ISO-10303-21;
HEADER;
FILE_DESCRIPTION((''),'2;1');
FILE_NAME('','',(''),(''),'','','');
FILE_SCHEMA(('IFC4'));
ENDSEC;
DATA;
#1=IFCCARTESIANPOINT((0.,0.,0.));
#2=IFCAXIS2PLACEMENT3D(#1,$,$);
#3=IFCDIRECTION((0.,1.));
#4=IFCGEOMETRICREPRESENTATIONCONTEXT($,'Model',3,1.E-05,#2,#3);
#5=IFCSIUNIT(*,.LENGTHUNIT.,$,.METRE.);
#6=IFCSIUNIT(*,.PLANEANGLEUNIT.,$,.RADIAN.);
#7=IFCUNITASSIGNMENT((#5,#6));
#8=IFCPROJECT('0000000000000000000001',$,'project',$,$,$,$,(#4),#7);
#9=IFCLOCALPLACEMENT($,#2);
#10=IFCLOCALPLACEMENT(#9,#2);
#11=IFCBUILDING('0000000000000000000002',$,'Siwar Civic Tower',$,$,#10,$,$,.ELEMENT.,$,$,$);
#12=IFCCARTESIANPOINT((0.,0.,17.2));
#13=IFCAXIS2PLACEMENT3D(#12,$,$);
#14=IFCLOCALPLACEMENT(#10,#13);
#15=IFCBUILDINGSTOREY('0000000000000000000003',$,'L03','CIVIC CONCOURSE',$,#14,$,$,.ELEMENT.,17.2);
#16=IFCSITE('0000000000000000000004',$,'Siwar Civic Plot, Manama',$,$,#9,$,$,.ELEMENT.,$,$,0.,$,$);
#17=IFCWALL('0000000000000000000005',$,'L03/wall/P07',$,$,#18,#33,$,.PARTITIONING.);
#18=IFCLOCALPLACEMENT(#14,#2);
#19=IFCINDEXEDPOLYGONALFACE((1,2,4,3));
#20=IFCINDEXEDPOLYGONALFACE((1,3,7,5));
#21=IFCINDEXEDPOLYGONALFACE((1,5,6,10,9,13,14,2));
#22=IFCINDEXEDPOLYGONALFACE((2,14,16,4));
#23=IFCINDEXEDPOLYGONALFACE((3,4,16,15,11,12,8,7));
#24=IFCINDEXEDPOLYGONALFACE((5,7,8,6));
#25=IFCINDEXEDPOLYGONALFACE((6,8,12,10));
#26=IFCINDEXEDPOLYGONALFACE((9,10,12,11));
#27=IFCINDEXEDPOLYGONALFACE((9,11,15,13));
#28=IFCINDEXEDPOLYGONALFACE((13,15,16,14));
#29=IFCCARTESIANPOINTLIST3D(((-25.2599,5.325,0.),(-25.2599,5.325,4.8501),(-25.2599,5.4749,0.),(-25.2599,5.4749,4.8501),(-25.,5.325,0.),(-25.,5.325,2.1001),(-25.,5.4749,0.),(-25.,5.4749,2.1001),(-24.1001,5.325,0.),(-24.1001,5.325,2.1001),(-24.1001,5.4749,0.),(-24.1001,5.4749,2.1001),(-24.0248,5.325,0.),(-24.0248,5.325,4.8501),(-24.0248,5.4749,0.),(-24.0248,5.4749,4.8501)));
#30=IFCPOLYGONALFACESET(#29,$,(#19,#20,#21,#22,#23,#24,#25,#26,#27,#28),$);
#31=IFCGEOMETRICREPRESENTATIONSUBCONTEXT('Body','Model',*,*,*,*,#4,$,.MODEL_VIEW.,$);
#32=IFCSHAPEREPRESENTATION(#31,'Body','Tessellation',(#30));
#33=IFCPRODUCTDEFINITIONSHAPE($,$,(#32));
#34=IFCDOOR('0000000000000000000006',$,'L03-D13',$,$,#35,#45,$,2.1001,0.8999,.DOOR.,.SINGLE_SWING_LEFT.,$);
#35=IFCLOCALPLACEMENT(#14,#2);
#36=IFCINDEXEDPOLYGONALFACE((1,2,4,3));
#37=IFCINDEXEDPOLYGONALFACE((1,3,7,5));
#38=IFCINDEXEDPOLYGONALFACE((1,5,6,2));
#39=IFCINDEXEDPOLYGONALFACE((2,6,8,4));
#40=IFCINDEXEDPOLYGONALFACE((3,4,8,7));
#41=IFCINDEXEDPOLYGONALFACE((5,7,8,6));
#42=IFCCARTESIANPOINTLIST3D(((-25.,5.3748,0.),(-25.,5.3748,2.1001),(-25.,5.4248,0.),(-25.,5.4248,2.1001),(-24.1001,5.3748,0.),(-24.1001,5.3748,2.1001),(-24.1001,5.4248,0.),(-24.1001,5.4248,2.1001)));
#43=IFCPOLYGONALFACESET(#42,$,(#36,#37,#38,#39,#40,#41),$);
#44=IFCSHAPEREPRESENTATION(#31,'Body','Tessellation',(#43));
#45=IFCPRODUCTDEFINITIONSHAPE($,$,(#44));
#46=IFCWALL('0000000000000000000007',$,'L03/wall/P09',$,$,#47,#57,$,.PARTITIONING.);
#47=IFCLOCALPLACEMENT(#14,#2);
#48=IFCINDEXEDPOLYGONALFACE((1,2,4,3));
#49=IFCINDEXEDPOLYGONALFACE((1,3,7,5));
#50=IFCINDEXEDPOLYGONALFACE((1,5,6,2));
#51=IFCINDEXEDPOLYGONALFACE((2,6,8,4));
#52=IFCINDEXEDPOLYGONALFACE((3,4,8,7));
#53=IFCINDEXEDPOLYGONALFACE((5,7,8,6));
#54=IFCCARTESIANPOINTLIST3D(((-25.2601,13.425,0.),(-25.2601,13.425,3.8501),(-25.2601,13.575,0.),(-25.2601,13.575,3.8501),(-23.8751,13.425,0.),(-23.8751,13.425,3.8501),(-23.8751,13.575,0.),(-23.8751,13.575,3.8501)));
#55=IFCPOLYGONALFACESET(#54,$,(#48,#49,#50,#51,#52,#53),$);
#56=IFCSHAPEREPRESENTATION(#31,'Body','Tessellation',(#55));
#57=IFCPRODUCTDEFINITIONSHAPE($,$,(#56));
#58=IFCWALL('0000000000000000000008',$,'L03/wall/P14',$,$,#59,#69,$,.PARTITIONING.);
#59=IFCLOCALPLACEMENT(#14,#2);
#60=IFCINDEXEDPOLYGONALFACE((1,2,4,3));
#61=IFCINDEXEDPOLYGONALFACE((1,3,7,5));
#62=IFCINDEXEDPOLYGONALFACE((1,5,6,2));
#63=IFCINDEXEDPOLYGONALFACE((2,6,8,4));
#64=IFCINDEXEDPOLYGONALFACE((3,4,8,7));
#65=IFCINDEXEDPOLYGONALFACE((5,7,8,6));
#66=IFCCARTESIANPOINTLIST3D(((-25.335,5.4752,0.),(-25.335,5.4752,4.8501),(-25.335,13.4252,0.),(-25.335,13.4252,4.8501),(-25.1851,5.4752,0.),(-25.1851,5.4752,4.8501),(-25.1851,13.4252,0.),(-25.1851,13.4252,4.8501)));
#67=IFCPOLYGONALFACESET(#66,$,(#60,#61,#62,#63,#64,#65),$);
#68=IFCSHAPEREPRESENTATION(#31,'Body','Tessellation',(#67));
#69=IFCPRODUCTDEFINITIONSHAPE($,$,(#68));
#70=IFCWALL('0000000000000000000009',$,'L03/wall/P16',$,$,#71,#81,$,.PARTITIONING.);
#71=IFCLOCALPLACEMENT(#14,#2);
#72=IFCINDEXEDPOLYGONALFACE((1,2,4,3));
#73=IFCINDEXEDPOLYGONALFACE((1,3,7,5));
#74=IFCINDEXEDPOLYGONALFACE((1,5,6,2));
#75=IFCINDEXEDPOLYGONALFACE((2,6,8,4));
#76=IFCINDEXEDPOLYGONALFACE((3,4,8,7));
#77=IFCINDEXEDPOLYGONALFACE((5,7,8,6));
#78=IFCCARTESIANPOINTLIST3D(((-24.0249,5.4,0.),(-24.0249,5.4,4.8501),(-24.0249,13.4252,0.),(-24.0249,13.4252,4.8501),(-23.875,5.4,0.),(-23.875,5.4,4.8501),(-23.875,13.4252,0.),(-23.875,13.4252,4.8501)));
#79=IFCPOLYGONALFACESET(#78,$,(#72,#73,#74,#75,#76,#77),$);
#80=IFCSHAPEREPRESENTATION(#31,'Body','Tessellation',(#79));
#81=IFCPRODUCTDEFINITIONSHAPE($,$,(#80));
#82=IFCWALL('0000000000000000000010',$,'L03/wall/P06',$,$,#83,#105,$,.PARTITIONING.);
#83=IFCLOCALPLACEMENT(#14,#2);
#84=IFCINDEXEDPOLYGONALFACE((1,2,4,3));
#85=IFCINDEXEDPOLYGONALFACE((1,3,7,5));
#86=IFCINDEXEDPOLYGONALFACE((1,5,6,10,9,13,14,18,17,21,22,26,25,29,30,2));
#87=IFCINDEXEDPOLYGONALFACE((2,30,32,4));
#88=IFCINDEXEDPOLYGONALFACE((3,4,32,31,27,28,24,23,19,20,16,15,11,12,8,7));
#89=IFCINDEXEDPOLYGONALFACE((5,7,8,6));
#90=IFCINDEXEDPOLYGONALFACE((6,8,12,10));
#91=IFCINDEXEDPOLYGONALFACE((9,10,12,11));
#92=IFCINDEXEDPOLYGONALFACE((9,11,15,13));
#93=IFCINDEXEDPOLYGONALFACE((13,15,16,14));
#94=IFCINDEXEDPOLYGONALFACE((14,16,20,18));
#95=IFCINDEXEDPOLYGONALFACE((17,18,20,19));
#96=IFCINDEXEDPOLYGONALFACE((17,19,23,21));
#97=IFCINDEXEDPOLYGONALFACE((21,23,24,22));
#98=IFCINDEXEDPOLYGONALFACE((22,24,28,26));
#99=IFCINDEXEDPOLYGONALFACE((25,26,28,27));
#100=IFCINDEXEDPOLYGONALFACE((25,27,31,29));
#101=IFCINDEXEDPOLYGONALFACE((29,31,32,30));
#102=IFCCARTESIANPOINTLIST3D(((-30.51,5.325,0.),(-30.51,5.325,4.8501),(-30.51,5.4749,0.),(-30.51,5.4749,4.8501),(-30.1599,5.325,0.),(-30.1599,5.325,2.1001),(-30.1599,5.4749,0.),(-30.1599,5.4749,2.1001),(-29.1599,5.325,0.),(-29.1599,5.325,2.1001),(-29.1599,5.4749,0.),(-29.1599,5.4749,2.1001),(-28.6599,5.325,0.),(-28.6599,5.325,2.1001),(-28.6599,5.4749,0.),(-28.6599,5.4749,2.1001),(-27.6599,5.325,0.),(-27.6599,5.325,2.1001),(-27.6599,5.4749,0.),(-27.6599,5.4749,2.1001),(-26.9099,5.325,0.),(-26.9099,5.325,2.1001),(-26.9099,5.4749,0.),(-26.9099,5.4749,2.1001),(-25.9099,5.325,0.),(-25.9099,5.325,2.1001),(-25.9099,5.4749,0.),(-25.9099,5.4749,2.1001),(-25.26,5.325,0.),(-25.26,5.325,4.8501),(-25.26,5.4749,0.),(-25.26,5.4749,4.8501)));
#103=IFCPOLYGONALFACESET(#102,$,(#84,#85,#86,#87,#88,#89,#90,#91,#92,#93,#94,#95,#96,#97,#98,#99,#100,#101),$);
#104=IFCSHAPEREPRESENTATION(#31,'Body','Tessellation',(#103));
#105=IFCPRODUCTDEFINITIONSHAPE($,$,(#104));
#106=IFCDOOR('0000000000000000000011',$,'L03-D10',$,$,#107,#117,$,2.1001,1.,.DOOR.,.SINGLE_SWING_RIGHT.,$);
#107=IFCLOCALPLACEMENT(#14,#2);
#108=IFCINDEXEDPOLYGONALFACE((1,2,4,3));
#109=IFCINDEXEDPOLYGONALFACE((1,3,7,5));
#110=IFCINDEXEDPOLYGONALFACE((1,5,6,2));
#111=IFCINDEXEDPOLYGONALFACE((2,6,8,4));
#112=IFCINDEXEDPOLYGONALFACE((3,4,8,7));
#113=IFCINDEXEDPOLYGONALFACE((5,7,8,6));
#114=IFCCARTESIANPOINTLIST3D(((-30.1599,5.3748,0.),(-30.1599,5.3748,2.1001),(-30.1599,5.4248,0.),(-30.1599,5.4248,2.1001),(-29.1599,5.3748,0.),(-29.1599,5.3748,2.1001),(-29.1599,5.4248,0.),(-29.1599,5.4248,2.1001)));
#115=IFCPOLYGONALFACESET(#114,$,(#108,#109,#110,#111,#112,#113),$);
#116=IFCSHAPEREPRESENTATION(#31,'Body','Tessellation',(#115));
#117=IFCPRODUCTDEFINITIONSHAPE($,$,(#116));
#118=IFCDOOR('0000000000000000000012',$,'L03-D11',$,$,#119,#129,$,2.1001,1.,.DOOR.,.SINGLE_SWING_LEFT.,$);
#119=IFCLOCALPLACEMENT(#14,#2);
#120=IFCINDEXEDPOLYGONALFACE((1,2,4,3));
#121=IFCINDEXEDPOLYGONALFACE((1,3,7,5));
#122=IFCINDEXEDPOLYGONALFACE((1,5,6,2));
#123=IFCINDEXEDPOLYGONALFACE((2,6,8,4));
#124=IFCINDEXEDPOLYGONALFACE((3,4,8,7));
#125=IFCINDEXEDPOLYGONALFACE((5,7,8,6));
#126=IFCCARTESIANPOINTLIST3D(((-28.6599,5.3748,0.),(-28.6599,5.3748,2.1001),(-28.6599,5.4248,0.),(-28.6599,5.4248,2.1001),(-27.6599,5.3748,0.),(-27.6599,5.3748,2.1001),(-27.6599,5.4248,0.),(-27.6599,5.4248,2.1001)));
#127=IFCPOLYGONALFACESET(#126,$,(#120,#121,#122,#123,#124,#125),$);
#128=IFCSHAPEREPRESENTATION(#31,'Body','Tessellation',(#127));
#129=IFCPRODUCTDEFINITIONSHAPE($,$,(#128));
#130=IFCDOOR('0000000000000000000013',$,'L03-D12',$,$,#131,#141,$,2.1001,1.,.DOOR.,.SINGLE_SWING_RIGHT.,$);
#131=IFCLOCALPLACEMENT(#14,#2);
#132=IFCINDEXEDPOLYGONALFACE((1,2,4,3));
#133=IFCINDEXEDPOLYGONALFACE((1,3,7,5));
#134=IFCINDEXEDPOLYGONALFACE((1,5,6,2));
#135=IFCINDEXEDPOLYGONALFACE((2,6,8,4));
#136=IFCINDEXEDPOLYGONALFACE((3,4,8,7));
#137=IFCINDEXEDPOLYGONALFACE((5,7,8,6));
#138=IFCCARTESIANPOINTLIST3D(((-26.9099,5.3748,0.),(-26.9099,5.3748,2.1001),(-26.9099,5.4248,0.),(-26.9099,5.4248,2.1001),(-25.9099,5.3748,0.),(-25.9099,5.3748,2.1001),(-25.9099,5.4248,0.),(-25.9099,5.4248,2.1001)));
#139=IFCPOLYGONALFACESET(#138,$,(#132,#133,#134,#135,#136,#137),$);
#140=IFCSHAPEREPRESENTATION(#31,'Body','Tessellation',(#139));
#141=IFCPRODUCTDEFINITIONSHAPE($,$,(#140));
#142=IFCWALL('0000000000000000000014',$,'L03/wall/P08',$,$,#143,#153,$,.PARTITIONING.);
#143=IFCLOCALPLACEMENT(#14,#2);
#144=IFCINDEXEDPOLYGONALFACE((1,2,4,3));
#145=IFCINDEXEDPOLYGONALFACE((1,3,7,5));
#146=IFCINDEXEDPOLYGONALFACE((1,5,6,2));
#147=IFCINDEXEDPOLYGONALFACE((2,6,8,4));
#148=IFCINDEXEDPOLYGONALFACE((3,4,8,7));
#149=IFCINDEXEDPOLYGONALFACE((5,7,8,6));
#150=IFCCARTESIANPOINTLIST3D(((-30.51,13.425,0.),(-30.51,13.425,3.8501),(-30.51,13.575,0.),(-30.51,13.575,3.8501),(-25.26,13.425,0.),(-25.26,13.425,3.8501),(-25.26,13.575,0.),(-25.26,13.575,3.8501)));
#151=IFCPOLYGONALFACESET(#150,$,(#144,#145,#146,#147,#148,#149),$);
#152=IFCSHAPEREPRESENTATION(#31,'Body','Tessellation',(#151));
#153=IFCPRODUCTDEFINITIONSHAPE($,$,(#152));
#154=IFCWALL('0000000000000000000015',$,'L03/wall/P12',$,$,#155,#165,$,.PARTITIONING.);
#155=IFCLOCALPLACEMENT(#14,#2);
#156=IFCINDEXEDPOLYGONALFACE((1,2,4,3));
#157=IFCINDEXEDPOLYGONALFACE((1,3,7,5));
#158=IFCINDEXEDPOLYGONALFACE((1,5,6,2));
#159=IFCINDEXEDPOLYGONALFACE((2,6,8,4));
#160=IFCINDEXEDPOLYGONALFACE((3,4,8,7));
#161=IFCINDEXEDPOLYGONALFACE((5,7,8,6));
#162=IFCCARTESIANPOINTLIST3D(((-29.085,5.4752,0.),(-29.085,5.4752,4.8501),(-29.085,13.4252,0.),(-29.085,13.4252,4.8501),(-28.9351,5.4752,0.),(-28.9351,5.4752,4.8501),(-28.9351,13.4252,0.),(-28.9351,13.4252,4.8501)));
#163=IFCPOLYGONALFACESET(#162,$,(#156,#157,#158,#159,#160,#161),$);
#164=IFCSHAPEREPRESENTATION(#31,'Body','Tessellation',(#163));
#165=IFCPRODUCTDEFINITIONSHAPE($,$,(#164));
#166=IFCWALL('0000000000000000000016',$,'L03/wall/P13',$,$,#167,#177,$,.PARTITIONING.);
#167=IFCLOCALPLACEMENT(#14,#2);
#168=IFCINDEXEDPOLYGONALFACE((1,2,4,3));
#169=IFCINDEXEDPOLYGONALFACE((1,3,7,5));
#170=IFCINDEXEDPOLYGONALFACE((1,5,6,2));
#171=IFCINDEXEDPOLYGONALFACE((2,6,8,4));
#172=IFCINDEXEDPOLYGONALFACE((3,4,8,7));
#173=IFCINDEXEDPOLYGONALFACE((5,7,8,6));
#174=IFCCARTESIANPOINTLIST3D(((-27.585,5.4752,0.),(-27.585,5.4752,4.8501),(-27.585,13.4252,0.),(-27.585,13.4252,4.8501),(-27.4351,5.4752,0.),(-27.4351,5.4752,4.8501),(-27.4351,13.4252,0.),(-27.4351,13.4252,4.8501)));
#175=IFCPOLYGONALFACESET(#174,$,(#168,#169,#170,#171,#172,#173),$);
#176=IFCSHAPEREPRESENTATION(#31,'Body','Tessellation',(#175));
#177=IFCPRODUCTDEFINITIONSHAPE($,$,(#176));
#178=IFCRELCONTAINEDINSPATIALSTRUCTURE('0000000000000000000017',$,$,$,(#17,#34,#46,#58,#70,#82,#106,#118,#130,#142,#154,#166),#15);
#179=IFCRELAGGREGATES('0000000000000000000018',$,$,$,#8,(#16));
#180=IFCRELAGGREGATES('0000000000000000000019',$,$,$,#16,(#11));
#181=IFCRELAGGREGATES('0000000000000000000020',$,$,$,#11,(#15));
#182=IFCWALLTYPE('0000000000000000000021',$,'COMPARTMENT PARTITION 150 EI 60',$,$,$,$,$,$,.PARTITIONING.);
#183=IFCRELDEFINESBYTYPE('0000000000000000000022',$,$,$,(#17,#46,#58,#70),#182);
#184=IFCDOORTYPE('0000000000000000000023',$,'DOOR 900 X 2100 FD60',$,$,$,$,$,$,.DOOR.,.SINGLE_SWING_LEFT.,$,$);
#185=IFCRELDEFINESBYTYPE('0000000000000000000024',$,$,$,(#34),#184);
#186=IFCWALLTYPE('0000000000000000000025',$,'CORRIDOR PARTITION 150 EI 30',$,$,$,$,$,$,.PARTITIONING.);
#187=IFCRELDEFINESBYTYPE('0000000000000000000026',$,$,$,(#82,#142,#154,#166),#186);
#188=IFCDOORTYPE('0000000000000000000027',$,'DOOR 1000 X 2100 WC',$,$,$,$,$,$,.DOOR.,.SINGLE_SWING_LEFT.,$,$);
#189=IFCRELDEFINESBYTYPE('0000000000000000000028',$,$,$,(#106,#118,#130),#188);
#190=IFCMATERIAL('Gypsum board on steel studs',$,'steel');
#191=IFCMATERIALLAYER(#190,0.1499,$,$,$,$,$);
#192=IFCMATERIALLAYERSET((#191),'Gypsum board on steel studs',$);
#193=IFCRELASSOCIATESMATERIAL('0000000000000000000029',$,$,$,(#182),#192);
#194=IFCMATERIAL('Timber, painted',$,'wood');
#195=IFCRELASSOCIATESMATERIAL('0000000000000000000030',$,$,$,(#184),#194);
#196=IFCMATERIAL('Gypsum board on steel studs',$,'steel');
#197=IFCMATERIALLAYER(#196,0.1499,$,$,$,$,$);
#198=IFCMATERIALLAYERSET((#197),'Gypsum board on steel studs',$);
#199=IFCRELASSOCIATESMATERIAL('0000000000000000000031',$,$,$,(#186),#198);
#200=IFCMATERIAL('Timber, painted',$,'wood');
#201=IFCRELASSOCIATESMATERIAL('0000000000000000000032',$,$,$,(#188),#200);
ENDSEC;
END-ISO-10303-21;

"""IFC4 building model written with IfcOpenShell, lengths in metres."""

from ifc_helpers import new_model, si_unit, direction, frame, frame_2d, origin, place, context, subcontext, project, spatial, rectangle, extrude, material, layer, layer_set, type_object, element, fill, save


model = new_model("IFC4")

# Units and contexts
model_context = context("Model", 3, precision=1e-05, world=origin(), true_north=direction((0.0, 1.0)))
body_context = subcontext(model_context, "Body", "Model", "MODEL_VIEW")
ifc_project = project(units=[si_unit("LENGTHUNIT", "METRE"), si_unit("PLANEANGLEUNIT", "RADIAN")], contexts=[model_context])

# Site, building, storey
site_placement = place(None, origin())
site = spatial("IfcSite", under=ifc_project, at=site_placement, Name="Siwar Civic Plot, Manama", CompositionType="ELEMENT", RefElevation=0.0)
building_placement = place(site_placement, origin())
building = spatial("IfcBuilding", under=site, at=building_placement, Name="Siwar Civic Tower", CompositionType="ELEMENT")
storey_placement = place(building_placement, frame((0.0, 0.0, 17.2)))
storey = spatial("IfcBuildingStorey", under=building, at=storey_placement, Name="L03", Description="CIVIC CONCOURSE", CompositionType="ELEMENT", Elevation=17.2)

# Wall, opening, door
ifc_material_1 = material(Name="Gypsum board on steel studs", Category="steel")
ifc_layer_1 = layer(ifc_material_1, 0.1499)
ifc_layer_set_1 = layer_set([ifc_layer_1], Name="Gypsum board on steel studs")
wall_type_1 = type_object("IfcWallType", Name="COMPARTMENT PARTITION 150 EI 60", PredefinedType="PARTITIONING", material=ifc_layer_set_1)
wall_1_placement = place(storey_placement, frame((-25.26, 5.3999, 0.0), z_axis=(0.0, 0.0, 1.0), x_axis=(1.0, 0.0, 0.0)))
wall_1 = element("IfcWall", 1, at=wall_1_placement, inside=storey, type_object=wall_type_1, Name="L03/wall/P07", PredefinedType="PARTITIONING", context=body_context, shape_type="SweptSolid", body=[
    extrude(rectangle(XDim=1.2351, YDim=0.1499, at=frame_2d((0.6177, 0.0))), origin(), (0.0, 0.0, 1.0), 4.8501),
])
opening_1_placement = place(wall_1_placement, frame((0.26, 0.0, 0.0)))
opening_1 = element("IfcOpeningElement", 2, at=opening_1_placement, cuts=wall_1, PredefinedType="OPENING", context=body_context, shape_type="SweptSolid", body=[
    extrude(rectangle(XDim=0.8999, YDim=2.1001, at=frame_2d((0.45, 1.05))), frame((0.0, 0.085, 0.0), z_axis=(0.0, -1.0, 0.0), x_axis=(1.0, 0.0, 0.0)), (0.0, 0.0, 1.0), 0.1699),
])
ifc_material_2 = material(Name="Timber, painted", Category="wood")
door_type_1 = type_object("IfcDoorType", Name="DOOR 900 X 2100 FD60", OperationType="SINGLE_SWING_LEFT", PredefinedType="DOOR", material=ifc_material_2)
door_1_placement = place(opening_1_placement, origin())
door_1 = element("IfcDoor", 3, at=door_1_placement, inside=storey, type_object=door_type_1, Name="L03-D13", OperationType="SINGLE_SWING_LEFT", OverallHeight=2.1001, OverallWidth=0.8999, PredefinedType="DOOR", context=body_context, shape_type="SweptSolid", body=[
    extrude(rectangle(XDim=0.8999, YDim=2.1001, at=frame_2d((0.45, 1.05))), frame((0.0, 0.0249, 0.0), z_axis=(0.0, -1.0, 0.0), x_axis=(1.0, 0.0, 0.0)), (0.0, 0.0, 1.0), 0.05),
])
fill(opening_1, door_1)

# Walls
wall_2_placement = place(storey_placement, frame((-25.26, 13.5, 0.0), z_axis=(0.0, 0.0, 1.0), x_axis=(1.0, 0.0, 0.0)))
element("IfcWall", 4, at=wall_2_placement, inside=storey, type_object=wall_type_1, Name="L03/wall/P09", PredefinedType="PARTITIONING", context=body_context, shape_type="SweptSolid", body=[
    extrude(rectangle(XDim=1.385, YDim=0.1499, at=frame_2d((0.6924, 0.0))), origin(), (0.0, 0.0, 1.0), 3.8501),
])
wall_3_placement = place(storey_placement, frame((-25.26, 5.4751, 0.0), z_axis=(0.0, 0.0, 1.0), x_axis=(0.0, 1.0, 0.0)))
element("IfcWall", 5, at=wall_3_placement, inside=storey, type_object=wall_type_1, Name="L03/wall/P14", PredefinedType="PARTITIONING", context=body_context, shape_type="SweptSolid", body=[
    extrude(rectangle(XDim=7.95, YDim=0.1499, at=frame_2d((3.9751, 0.0))), origin(), (0.0, 0.0, 1.0), 4.8501),
])
wall_4_placement = place(storey_placement, frame((-23.95, 5.3999, 0.0), z_axis=(0.0, 0.0, 1.0), x_axis=(0.0, 1.0, 0.0)))
element("IfcWall", 6, at=wall_4_placement, inside=storey, type_object=wall_type_1, Name="L03/wall/P16", PredefinedType="PARTITIONING", context=body_context, shape_type="SweptSolid", body=[
    extrude(rectangle(XDim=8.0251, YDim=0.1499, at=frame_2d((4.0127, 0.0))), origin(), (0.0, 0.0, 1.0), 4.8501),
])

# Wall, openings, doors
ifc_material_3 = material(Name="Gypsum board on steel studs", Category="steel")
ifc_layer_2 = layer(ifc_material_3, 0.1499)
ifc_layer_set_2 = layer_set([ifc_layer_2], Name="Gypsum board on steel studs")
wall_type_2 = type_object("IfcWallType", Name="CORRIDOR PARTITION 150 EI 30", PredefinedType="PARTITIONING", material=ifc_layer_set_2)
wall_5_placement = place(storey_placement, frame((-30.51, 5.3999, 0.0), z_axis=(0.0, 0.0, 1.0), x_axis=(1.0, 0.0, 0.0)))
wall_5 = element("IfcWall", 7, at=wall_5_placement, inside=storey, type_object=wall_type_2, Name="L03/wall/P06", PredefinedType="PARTITIONING", context=body_context, shape_type="SweptSolid", body=[
    extrude(rectangle(XDim=5.25, YDim=0.1499, at=frame_2d((2.625, 0.0))), origin(), (0.0, 0.0, 1.0), 4.8501),
])
opening_2_placement = place(wall_5_placement, frame((0.3501, 0.0, 0.0)))
opening_2 = element("IfcOpeningElement", 8, at=opening_2_placement, cuts=wall_5, PredefinedType="OPENING", context=body_context, shape_type="SweptSolid", body=[
    extrude(rectangle(XDim=1.0, YDim=2.1001, at=frame_2d((0.5, 1.05))), frame((0.0, 0.085, 0.0), z_axis=(0.0, -1.0, 0.0), x_axis=(1.0, 0.0, 0.0)), (0.0, 0.0, 1.0), 0.1699),
])
opening_3_placement = place(wall_5_placement, frame((1.8501, 0.0, 0.0)))
opening_3 = element("IfcOpeningElement", 9, at=opening_3_placement, cuts=wall_5, PredefinedType="OPENING", context=body_context, shape_type="SweptSolid", body=[
    extrude(rectangle(XDim=1.0, YDim=2.1001, at=frame_2d((0.5, 1.05))), frame((0.0, 0.085, 0.0), z_axis=(0.0, -1.0, 0.0), x_axis=(1.0, 0.0, 0.0)), (0.0, 0.0, 1.0), 0.1699),
])
opening_4_placement = place(wall_5_placement, frame((3.6001, 0.0, 0.0)))
opening_4 = element("IfcOpeningElement", 10, at=opening_4_placement, cuts=wall_5, PredefinedType="OPENING", context=body_context, shape_type="SweptSolid", body=[
    extrude(rectangle(XDim=1.0, YDim=2.1001, at=frame_2d((0.5, 1.05))), frame((0.0, 0.085, 0.0), z_axis=(0.0, -1.0, 0.0), x_axis=(1.0, 0.0, 0.0)), (0.0, 0.0, 1.0), 0.1699),
])
ifc_material_4 = material(Name="Timber, painted", Category="wood")
door_type_2 = type_object("IfcDoorType", Name="DOOR 1000 X 2100 WC", OperationType="SINGLE_SWING_LEFT", PredefinedType="DOOR", material=ifc_material_4)
door_2_placement = place(opening_2_placement, origin())
door_2 = element("IfcDoor", 11, at=door_2_placement, inside=storey, type_object=door_type_2, Name="L03-D10", OperationType="SINGLE_SWING_RIGHT", OverallHeight=2.1001, OverallWidth=1.0, PredefinedType="DOOR", context=body_context, shape_type="SweptSolid", body=[
    extrude(rectangle(XDim=1.0, YDim=2.1001, at=frame_2d((0.5, 1.05))), frame((0.0, 0.0249, 0.0), z_axis=(0.0, -1.0, 0.0), x_axis=(1.0, 0.0, 0.0)), (0.0, 0.0, 1.0), 0.05),
])
fill(opening_2, door_2)
door_3_placement = place(opening_3_placement, origin())
door_3 = element("IfcDoor", 12, at=door_3_placement, inside=storey, type_object=door_type_2, Name="L03-D11", OperationType="SINGLE_SWING_LEFT", OverallHeight=2.1001, OverallWidth=1.0, PredefinedType="DOOR", context=body_context, shape_type="SweptSolid", body=[
    extrude(rectangle(XDim=1.0, YDim=2.1001, at=frame_2d((0.5, 1.05))), frame((0.0, 0.0249, 0.0), z_axis=(0.0, -1.0, 0.0), x_axis=(1.0, 0.0, 0.0)), (0.0, 0.0, 1.0), 0.05),
])
fill(opening_3, door_3)
door_4_placement = place(opening_4_placement, origin())
door_4 = element("IfcDoor", 13, at=door_4_placement, inside=storey, type_object=door_type_2, Name="L03-D12", OperationType="SINGLE_SWING_RIGHT", OverallHeight=2.1001, OverallWidth=1.0, PredefinedType="DOOR", context=body_context, shape_type="SweptSolid", body=[
    extrude(rectangle(XDim=1.0, YDim=2.1001, at=frame_2d((0.5, 1.05))), frame((0.0, 0.0249, 0.0), z_axis=(0.0, -1.0, 0.0), x_axis=(1.0, 0.0, 0.0)), (0.0, 0.0, 1.0), 0.05),
])
fill(opening_4, door_4)

# Walls
wall_6_placement = place(storey_placement, frame((-30.51, 13.5, 0.0), z_axis=(0.0, 0.0, 1.0), x_axis=(1.0, 0.0, 0.0)))
element("IfcWall", 14, at=wall_6_placement, inside=storey, type_object=wall_type_2, Name="L03/wall/P08", PredefinedType="PARTITIONING", context=body_context, shape_type="SweptSolid", body=[
    extrude(rectangle(XDim=5.25, YDim=0.1499, at=frame_2d((2.625, 0.0))), origin(), (0.0, 0.0, 1.0), 3.8501),
])
for number, where, z_axis, x_axis, name in (
    (15, (-29.01, 5.4751, 0.0), (0.0, 0.0, 1.0), (0.0, 1.0, 0.0), "L03/wall/P12"),
    (16, (-27.51, 5.4751, 0.0), (0.0, 0.0, 1.0), (0.0, 1.0, 0.0), "L03/wall/P13"),
):
    element("IfcWall", number, at=place(storey_placement, frame(where, z_axis=z_axis, x_axis=x_axis)), inside=storey, type_object=wall_type_2, Name=name, PredefinedType="PARTITIONING", context=body_context, shape_type="SweptSolid", body=[
        extrude(rectangle(XDim=7.95, YDim=0.1499, at=frame_2d((3.9751, 0.0))), origin(), (0.0, 0.0, 1.0), 4.8501),
    ])

save(model, "model.ifc")
